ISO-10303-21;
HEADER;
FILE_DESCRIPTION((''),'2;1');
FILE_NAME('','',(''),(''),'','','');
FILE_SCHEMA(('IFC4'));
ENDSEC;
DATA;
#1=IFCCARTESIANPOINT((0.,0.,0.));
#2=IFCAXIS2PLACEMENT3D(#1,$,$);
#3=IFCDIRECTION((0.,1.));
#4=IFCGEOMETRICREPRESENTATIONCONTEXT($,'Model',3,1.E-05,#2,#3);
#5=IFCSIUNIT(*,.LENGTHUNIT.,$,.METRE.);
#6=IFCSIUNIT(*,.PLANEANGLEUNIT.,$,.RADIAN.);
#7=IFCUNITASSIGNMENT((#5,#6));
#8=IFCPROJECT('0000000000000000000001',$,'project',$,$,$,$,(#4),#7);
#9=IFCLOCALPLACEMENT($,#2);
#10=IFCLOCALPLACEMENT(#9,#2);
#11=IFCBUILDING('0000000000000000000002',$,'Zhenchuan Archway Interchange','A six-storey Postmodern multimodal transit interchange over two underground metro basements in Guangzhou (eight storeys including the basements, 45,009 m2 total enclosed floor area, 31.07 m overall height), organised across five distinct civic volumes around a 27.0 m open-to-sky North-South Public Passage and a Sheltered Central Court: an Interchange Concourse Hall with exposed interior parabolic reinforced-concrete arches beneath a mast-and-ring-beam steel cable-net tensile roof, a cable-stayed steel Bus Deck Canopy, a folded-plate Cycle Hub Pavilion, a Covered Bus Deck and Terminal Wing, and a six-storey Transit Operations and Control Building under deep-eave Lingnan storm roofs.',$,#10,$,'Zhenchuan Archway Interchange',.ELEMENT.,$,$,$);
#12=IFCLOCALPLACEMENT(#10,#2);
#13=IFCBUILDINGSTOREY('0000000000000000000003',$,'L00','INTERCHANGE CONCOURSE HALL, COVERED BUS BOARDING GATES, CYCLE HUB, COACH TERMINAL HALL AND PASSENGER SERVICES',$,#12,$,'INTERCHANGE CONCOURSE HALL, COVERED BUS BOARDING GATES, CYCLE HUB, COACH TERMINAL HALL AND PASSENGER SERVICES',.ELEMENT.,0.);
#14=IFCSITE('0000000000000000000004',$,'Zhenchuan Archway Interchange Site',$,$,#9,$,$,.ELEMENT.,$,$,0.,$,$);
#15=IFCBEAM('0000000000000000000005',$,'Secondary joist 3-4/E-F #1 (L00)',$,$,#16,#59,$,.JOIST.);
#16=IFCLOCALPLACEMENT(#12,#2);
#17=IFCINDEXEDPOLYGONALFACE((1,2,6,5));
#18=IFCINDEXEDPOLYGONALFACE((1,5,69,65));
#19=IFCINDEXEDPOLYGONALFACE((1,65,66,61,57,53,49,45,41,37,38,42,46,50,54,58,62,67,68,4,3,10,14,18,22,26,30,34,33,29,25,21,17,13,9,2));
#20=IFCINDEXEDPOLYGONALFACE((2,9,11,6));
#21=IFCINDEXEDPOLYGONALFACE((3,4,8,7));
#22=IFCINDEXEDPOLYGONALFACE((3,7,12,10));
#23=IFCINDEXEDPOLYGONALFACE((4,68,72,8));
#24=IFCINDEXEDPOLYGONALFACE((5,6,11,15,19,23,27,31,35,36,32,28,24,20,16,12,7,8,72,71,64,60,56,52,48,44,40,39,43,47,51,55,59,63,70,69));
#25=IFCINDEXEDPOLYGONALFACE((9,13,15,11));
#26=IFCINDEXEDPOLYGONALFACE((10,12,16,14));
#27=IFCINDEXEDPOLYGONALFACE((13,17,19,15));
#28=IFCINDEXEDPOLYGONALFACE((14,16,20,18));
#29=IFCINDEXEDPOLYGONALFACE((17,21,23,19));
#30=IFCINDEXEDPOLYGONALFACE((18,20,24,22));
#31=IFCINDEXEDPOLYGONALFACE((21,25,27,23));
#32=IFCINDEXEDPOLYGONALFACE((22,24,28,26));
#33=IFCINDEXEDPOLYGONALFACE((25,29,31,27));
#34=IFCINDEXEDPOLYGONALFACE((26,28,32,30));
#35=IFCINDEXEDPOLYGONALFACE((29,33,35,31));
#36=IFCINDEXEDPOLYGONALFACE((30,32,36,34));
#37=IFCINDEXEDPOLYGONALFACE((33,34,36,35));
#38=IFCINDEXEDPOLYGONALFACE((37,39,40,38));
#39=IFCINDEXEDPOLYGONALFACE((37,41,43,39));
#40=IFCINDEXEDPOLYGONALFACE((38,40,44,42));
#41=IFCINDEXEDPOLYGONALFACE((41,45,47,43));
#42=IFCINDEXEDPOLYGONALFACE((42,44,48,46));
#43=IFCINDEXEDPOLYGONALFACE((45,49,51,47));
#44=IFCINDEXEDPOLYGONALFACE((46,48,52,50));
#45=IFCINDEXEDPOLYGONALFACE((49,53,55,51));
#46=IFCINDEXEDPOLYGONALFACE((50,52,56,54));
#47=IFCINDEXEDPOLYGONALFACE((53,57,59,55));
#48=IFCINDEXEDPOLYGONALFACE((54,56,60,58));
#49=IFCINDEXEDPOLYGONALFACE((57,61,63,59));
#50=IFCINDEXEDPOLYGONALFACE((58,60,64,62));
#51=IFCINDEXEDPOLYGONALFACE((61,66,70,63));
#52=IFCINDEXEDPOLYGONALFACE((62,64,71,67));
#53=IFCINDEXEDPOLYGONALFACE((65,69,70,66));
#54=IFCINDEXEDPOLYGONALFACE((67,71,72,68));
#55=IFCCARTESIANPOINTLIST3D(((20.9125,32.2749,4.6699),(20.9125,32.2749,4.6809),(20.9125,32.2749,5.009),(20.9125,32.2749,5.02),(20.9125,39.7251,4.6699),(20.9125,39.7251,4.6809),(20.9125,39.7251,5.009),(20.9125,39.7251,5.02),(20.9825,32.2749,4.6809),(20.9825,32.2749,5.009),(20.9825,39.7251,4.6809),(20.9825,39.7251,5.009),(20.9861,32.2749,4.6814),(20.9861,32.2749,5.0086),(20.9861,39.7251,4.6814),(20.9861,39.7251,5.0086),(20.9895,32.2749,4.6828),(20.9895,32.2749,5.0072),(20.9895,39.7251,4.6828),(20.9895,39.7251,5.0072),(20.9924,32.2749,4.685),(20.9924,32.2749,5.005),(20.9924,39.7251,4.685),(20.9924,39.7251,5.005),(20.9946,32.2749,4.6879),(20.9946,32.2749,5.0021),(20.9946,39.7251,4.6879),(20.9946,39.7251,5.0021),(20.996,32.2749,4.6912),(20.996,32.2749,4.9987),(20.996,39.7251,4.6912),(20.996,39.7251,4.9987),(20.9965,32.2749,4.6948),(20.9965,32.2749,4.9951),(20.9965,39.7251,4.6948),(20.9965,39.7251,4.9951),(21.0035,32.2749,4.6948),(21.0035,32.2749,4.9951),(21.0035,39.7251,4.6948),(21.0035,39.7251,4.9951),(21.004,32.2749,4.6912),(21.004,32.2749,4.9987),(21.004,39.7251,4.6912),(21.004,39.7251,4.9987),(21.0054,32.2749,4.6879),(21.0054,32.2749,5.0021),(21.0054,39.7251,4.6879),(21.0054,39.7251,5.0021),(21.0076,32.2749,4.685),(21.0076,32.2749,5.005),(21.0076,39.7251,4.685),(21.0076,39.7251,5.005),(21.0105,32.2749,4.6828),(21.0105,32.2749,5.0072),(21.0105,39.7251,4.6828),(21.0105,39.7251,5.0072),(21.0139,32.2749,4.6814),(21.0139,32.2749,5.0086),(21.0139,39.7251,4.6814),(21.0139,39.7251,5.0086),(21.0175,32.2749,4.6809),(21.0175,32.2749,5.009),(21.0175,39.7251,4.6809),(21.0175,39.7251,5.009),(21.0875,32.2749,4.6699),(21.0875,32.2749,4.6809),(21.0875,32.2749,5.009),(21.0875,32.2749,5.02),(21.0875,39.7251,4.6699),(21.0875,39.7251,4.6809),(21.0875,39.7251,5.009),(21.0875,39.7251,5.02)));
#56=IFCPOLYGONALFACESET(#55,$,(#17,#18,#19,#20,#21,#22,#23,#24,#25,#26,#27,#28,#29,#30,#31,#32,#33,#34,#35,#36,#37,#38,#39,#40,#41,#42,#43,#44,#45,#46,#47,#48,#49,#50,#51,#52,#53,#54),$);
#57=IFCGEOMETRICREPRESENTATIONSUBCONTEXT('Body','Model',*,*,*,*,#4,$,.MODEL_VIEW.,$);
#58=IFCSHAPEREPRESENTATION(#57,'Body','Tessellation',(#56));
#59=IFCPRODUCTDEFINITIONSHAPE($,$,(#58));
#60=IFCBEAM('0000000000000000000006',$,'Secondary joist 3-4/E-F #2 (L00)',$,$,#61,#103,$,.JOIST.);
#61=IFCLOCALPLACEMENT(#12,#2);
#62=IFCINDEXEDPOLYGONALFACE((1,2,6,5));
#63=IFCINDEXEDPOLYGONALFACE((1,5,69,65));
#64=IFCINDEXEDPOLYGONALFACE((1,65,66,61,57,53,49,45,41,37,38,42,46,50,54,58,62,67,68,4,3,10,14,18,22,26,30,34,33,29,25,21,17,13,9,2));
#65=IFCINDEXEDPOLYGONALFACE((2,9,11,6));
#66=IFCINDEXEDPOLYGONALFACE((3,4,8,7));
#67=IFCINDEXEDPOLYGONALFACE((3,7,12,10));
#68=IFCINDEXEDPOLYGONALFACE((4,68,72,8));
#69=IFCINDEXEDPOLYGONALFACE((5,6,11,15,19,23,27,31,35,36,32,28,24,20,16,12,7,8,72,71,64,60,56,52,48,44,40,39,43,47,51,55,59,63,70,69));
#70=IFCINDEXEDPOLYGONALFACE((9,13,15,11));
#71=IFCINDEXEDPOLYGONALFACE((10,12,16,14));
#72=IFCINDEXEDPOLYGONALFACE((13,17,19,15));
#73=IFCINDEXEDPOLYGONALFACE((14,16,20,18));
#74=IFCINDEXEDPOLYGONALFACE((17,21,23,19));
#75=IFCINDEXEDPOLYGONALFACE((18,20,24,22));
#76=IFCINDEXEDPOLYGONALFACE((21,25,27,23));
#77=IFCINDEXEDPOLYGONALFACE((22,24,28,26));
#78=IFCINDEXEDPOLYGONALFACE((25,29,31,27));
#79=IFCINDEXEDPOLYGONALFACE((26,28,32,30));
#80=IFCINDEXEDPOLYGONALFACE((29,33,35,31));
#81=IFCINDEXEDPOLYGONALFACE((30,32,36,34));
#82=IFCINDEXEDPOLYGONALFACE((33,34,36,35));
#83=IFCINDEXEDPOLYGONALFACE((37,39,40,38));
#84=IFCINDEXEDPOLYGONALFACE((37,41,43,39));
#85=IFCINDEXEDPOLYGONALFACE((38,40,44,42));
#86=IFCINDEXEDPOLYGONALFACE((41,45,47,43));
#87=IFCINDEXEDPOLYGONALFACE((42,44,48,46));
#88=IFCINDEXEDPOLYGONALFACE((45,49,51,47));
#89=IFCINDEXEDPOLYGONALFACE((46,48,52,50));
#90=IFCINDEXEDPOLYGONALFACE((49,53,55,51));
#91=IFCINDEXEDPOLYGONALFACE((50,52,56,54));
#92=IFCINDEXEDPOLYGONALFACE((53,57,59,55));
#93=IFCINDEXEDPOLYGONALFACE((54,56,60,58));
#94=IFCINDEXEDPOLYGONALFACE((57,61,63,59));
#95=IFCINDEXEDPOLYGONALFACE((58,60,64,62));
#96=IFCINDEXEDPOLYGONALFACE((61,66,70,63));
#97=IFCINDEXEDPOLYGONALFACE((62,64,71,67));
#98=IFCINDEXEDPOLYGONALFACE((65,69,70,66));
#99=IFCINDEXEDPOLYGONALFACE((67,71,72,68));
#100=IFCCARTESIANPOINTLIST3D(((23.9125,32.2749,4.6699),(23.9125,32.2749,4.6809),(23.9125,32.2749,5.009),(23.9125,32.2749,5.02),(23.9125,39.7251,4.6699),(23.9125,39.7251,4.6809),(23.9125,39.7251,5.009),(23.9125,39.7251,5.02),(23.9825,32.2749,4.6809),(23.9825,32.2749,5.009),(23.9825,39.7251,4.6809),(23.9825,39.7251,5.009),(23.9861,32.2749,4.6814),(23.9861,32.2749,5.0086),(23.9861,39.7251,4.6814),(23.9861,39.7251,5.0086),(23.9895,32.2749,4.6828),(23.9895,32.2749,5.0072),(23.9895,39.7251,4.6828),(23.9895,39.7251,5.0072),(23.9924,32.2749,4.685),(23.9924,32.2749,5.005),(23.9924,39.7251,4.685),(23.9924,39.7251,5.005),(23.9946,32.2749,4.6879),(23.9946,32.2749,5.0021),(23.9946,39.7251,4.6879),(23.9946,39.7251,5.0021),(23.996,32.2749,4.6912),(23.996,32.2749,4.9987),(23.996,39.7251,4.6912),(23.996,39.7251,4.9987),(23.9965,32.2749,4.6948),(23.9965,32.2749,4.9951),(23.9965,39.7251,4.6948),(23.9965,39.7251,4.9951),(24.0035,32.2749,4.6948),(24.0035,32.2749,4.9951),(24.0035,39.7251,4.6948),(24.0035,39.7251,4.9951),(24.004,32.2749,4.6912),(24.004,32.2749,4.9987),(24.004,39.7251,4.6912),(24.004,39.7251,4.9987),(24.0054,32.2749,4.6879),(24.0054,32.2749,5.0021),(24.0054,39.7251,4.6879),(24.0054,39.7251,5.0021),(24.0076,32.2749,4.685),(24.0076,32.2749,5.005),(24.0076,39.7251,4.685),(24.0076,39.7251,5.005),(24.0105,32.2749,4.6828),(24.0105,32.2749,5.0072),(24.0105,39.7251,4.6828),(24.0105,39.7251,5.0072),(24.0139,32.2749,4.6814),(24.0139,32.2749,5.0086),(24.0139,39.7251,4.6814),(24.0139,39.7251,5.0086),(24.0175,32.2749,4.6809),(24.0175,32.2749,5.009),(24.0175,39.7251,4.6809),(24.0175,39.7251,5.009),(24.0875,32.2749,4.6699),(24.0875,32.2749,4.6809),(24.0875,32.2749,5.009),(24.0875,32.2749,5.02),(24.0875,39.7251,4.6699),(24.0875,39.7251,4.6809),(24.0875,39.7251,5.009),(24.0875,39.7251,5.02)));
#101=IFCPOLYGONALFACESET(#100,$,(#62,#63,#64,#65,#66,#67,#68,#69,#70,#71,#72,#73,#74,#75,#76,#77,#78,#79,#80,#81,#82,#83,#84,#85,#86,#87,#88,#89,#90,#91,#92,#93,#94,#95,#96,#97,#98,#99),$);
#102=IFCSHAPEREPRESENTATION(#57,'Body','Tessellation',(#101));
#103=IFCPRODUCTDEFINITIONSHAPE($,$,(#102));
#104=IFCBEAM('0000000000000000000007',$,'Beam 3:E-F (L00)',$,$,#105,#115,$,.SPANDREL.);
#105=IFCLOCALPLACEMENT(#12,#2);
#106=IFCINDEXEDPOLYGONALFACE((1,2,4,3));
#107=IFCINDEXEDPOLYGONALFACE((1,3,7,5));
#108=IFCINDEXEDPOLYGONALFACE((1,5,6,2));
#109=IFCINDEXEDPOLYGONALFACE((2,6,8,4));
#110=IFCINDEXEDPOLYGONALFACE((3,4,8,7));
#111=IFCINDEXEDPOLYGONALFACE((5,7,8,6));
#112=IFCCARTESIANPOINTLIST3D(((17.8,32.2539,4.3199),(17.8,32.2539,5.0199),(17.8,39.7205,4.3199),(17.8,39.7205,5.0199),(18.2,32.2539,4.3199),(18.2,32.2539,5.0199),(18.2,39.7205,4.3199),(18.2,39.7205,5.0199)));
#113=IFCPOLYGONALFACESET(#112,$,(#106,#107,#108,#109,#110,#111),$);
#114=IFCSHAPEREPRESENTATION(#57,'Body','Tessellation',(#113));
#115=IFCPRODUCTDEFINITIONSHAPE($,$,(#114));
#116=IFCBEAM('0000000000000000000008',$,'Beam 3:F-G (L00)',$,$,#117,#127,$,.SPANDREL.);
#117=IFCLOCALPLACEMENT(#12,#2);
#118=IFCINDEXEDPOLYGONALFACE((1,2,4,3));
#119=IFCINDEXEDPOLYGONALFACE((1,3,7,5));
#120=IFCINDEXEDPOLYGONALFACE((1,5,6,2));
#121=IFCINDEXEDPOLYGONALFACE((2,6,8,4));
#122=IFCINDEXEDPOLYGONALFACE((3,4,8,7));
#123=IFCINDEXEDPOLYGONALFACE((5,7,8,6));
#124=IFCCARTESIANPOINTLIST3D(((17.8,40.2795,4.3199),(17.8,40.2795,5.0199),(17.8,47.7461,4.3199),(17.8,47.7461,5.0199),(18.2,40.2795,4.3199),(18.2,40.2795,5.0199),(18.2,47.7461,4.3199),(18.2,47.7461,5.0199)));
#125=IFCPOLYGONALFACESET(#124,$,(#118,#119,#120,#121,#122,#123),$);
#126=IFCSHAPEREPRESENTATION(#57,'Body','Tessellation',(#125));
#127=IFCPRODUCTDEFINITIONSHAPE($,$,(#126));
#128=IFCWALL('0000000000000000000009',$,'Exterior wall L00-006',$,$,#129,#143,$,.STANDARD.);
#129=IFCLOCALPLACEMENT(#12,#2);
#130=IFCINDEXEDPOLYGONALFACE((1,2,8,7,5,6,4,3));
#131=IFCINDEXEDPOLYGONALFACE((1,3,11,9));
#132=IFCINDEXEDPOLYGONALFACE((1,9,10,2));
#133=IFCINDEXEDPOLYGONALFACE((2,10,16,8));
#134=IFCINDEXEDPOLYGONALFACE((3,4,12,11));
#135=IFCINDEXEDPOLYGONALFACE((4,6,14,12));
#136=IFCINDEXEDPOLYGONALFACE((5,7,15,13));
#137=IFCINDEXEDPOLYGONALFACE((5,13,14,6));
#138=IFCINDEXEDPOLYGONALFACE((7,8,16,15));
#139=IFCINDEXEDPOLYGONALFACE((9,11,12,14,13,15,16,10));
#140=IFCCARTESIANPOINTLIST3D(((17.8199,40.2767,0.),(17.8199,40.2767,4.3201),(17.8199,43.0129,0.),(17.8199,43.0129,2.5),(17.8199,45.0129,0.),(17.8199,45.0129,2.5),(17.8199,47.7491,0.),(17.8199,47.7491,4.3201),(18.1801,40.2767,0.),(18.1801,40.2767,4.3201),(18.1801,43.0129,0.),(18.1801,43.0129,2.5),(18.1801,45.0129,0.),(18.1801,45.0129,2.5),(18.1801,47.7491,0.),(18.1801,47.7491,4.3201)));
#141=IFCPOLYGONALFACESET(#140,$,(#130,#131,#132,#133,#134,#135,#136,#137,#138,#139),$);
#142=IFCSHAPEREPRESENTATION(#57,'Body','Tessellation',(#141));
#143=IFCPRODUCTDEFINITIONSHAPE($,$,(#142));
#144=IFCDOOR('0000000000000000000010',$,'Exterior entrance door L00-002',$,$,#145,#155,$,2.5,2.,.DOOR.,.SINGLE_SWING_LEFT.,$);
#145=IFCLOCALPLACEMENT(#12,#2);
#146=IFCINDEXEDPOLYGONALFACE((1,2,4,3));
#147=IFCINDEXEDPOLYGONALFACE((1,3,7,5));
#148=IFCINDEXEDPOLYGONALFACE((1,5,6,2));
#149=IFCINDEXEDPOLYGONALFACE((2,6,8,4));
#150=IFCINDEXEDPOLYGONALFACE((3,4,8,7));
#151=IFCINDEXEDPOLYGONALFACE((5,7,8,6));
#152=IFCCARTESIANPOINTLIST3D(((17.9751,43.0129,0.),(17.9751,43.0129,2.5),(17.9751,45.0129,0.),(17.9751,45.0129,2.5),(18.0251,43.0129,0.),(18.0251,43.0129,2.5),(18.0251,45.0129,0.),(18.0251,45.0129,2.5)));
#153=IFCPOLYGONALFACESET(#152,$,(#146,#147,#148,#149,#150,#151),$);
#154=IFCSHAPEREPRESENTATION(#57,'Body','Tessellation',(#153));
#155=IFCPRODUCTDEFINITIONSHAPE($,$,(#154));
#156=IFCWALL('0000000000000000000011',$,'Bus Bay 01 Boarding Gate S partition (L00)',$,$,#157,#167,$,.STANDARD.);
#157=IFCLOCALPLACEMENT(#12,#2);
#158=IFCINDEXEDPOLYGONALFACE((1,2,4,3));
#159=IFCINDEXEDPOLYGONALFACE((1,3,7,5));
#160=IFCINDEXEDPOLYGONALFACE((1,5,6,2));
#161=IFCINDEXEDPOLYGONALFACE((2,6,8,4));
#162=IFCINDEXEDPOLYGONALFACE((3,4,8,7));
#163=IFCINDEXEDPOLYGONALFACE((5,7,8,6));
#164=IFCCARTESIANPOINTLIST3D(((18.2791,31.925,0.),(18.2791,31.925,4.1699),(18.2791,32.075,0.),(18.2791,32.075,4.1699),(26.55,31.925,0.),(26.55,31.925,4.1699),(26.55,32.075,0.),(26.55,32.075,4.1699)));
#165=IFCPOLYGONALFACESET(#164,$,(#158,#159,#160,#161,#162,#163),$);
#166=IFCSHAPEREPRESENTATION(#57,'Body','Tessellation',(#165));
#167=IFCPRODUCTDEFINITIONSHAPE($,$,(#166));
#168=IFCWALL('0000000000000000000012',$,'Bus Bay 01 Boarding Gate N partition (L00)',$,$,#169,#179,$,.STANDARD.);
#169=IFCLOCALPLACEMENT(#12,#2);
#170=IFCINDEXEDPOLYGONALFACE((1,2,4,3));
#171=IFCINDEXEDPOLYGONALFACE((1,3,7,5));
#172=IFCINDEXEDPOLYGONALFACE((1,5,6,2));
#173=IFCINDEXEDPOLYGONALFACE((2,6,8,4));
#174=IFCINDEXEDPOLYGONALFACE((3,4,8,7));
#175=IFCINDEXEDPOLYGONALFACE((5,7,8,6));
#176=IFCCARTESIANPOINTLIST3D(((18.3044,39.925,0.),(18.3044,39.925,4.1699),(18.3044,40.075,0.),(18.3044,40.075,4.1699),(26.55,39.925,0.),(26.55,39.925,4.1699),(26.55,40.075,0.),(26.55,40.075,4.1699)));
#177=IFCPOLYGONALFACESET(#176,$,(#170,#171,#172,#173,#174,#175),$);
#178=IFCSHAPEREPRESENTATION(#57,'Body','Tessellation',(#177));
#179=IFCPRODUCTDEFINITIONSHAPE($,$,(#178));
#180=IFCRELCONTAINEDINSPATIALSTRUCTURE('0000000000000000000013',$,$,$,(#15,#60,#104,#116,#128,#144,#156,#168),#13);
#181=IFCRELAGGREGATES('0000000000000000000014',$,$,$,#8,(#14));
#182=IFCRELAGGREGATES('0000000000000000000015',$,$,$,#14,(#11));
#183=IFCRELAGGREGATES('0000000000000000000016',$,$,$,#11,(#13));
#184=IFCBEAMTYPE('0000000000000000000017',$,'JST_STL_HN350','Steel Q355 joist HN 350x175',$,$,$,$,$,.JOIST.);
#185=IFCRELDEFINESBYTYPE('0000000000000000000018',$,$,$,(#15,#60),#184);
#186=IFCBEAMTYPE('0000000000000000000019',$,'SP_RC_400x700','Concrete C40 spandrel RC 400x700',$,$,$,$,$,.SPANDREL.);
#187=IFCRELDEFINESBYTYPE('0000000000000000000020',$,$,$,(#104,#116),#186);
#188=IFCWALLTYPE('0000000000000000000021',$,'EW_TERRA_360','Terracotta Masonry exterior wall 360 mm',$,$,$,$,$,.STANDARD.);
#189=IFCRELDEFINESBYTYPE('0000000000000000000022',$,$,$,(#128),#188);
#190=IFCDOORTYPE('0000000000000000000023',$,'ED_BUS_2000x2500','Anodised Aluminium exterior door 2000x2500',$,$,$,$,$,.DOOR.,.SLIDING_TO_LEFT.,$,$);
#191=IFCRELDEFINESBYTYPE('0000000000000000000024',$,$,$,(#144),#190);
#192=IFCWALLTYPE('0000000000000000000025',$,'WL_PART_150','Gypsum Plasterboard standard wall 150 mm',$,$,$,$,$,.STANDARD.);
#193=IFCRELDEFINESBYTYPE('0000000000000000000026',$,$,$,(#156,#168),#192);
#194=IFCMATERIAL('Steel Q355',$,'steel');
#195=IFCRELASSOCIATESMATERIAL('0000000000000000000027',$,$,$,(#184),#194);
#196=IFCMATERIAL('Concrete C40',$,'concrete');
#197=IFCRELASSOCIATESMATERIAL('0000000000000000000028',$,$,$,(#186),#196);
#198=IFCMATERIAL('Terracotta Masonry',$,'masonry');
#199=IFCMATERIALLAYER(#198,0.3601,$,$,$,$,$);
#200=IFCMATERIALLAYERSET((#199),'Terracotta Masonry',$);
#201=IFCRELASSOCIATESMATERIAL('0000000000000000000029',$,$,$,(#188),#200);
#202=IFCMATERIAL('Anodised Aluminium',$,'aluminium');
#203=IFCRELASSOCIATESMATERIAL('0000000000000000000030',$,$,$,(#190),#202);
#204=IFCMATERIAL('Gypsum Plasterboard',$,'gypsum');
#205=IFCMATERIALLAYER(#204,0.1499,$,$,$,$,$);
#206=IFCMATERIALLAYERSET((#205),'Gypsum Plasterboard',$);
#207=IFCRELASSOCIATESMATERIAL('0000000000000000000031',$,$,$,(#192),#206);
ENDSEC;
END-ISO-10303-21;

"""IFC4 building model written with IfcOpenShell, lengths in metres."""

from ifc_helpers import new_model, si_unit, direction, frame, frame_2d, origin, origin_2d, place, context, subcontext, project, spatial, rectangle, i_section, extrude, material, layer, layer_set, material_profile, profile_set, type_object, element, fill, save


model = new_model("IFC4")

# Units and contexts
model_context = context("Model", 3, precision=1e-05, world=origin(), true_north=direction((0.0, 1.0)))
body_context = subcontext(model_context, "Body", "Model", "MODEL_VIEW")
ifc_project = project(units=[si_unit("LENGTHUNIT", "METRE"), si_unit("PLANEANGLEUNIT", "RADIAN")], contexts=[model_context])

# Site, building, storey
site_placement = place(None, origin())
site = spatial("IfcSite", under=ifc_project, at=site_placement, Name="Zhenchuan Archway Interchange Site", CompositionType="ELEMENT", RefElevation=0.0)
building_placement = place(site_placement, origin())
building = spatial("IfcBuilding", under=site, at=building_placement, Name="Zhenchuan Archway Interchange", Description="A six-storey Postmodern multimodal transit interchange over two underground metro basements in Guangzhou (eight storeys including the basements, 45,009 m2 total enclosed floor area, 31.07 m overall height), organised across five distinct civic volumes around a 27.0 m open-to-sky North-South Public Passage and a Sheltered Central Court: an Interchange Concourse Hall with exposed interior parabolic reinforced-concrete arches beneath a mast-and-ring-beam steel cable-net tensile roof, a cable-stayed steel Bus Deck Canopy, a folded-plate Cycle Hub Pavilion, a Covered Bus Deck and Terminal Wing, and a six-storey Transit Operations and Control Building under deep-eave Lingnan storm roofs.", LongName="Zhenchuan Archway Interchange", CompositionType="ELEMENT")
storey_placement = place(building_placement, origin())
storey = spatial("IfcBuildingStorey", under=building, at=storey_placement, Name="L00", Description="INTERCHANGE CONCOURSE HALL, COVERED BUS BOARDING GATES, CYCLE HUB, COACH TERMINAL HALL AND PASSENGER SERVICES", LongName="INTERCHANGE CONCOURSE HALL, COVERED BUS BOARDING GATES, CYCLE HUB, COACH TERMINAL HALL AND PASSENGER SERVICES", CompositionType="ELEMENT", Elevation=0.0)

# Shared definitions
ifc_material_1 = material(Name="Concrete C40", Category="concrete")

# Beams
ifc_material_2 = material(Name="Steel Q355", Category="steel")
ifc_material_profile_1 = material_profile(ifc_material_2, i_section(OverallWidth=0.175, OverallDepth=0.3501, WebThickness=0.0071, FlangeThickness=0.011, FilletRadius=0.0139, at=origin_2d()), Name="HN 350x175")
ifc_profile_set_1 = profile_set([ifc_material_profile_1], Name="Steel Q355")
beam_type_1 = type_object("IfcBeamType", Name="JST_STL_HN350", Description="Steel Q355 joist HN 350x175", PredefinedType="JOIST", material=ifc_profile_set_1)
for number, where, z_axis, x_axis, name in (
    (1, (21.0, 32.2749, 4.845), (0.0, 1.0, 0.0), (-1.0, 0.0, 0.0), "Secondary joist 3-4/E-F #1 (L00)"),
    (2, (24.0, 32.2749, 4.845), (0.0, 1.0, 0.0), (-1.0, 0.0, 0.0), "Secondary joist 3-4/E-F #2 (L00)"),
):
    element("IfcBeam", number, at=place(storey_placement, frame(where, z_axis=z_axis, x_axis=x_axis)), inside=storey, type_object=beam_type_1, Name=name, PredefinedType="JOIST", context=body_context, shape_type="SweptSolid", body=[
        extrude(i_section(OverallWidth=0.175, OverallDepth=0.3501, WebThickness=0.0071, FlangeThickness=0.011, FilletRadius=0.0139, at=origin_2d()), origin(), (0.0, 0.0, 1.0), 7.4502),
    ])
ifc_material_profile_2 = material_profile(ifc_material_1, rectangle(XDim=0.3999, YDim=0.7, at=origin_2d()), Name="RC 400x700")
ifc_profile_set_2 = profile_set([ifc_material_profile_2], Name="Concrete C40")
beam_type_2 = type_object("IfcBeamType", Name="SP_RC_400x700", Description="Concrete C40 spandrel RC 400x700", PredefinedType="SPANDREL", material=ifc_profile_set_2)
for number, where, z_axis, x_axis, name in (
    (3, (18.0, 32.2539, 4.6699), (0.0, 1.0, 0.0), (-1.0, 0.0, 0.0), "Beam 3:E-F (L00)"),
    (4, (18.0, 40.2795, 4.6699), (0.0, 1.0, 0.0), (-1.0, 0.0, 0.0), "Beam 3:F-G (L00)"),
):
    element("IfcBeam", number, at=place(storey_placement, frame(where, z_axis=z_axis, x_axis=x_axis)), inside=storey, type_object=beam_type_2, Name=name, PredefinedType="SPANDREL", context=body_context, shape_type="SweptSolid", body=[
        extrude(rectangle(XDim=0.3999, YDim=0.7, at=origin_2d()), origin(), (0.0, 0.0, 1.0), 7.4666),
    ])

# Wall, opening, door
ifc_material_3 = material(Name="Terracotta Masonry", Category="masonry")
ifc_layer_1 = layer(ifc_material_3, 0.3601)
ifc_layer_set_1 = layer_set([ifc_layer_1], Name="Terracotta Masonry")
wall_type_1 = type_object("IfcWallType", Name="EW_TERRA_360", Description="Terracotta Masonry exterior wall 360 mm", PredefinedType="STANDARD", material=ifc_layer_set_1)
wall_1_placement = place(storey_placement, frame((18.0, 40.2766, 0.0), z_axis=(0.0, 0.0, 1.0), x_axis=(0.0, 1.0, 0.0)))
wall_1 = element("IfcWall", 5, at=wall_1_placement, inside=storey, type_object=wall_type_1, Name="Exterior wall L00-006", PredefinedType="STANDARD", context=body_context, shape_type="SweptSolid", body=[
    extrude(rectangle(XDim=7.4724, YDim=0.3601, at=frame_2d((3.7363, 0.0))), origin(), (0.0, 0.0, 1.0), 4.3201),
])
opening_placement = place(wall_1_placement, frame((2.7363, 0.0, 0.0)))
opening = element("IfcOpeningElement", 6, at=opening_placement, cuts=wall_1, PredefinedType="OPENING", context=body_context, shape_type="SweptSolid", body=[
    extrude(rectangle(XDim=2.0, YDim=2.5, at=frame_2d((1.0, 1.25))), frame((0.0, 0.1919, 0.0), z_axis=(0.0, -1.0, 0.0), x_axis=(1.0, 0.0, 0.0)), (0.0, 0.0, 1.0), 0.384),
])
ifc_material_4 = material(Name="Anodised Aluminium", Category="aluminium")
door_type = type_object("IfcDoorType", Name="ED_BUS_2000x2500", Description="Anodised Aluminium exterior door 2000x2500", OperationType="SLIDING_TO_LEFT", PredefinedType="DOOR", material=ifc_material_4)
door_placement = place(opening_placement, origin())
door = element("IfcDoor", 7, at=door_placement, inside=storey, type_object=door_type, Name="Exterior entrance door L00-002", OperationType="SINGLE_SWING_LEFT", OverallHeight=2.5, OverallWidth=2.0, PredefinedType="DOOR", context=body_context, shape_type="SweptSolid", body=[
    extrude(rectangle(XDim=2.0, YDim=2.5, at=frame_2d((1.0, 1.25))), frame((0.0, 0.0249, 0.0), z_axis=(0.0, -1.0, 0.0), x_axis=(1.0, 0.0, 0.0)), (0.0, 0.0, 1.0), 0.05),
])
fill(opening, door)

# Walls
ifc_material_5 = material(Name="Gypsum Plasterboard", Category="gypsum")
ifc_layer_2 = layer(ifc_material_5, 0.1499)
ifc_layer_set_2 = layer_set([ifc_layer_2], Name="Gypsum Plasterboard")
wall_type_2 = type_object("IfcWallType", Name="WL_PART_150", Description="Gypsum Plasterboard standard wall 150 mm", PredefinedType="STANDARD", material=ifc_layer_set_2)
wall_2_placement = place(storey_placement, frame((18.2791, 32.0, 0.0), z_axis=(0.0, 0.0, 1.0), x_axis=(1.0, 0.0, 0.0)))
element("IfcWall", 8, at=wall_2_placement, inside=storey, type_object=wall_type_2, Name="Bus Bay 01 Boarding Gate S partition (L00)", PredefinedType="STANDARD", context=body_context, shape_type="SweptSolid", body=[
    extrude(rectangle(XDim=8.271, YDim=0.1499, at=frame_2d((4.1355, 0.0))), origin(), (0.0, 0.0, 1.0), 4.1699),
])
wall_3_placement = place(storey_placement, frame((18.3044, 40.0, 0.0), z_axis=(0.0, 0.0, 1.0), x_axis=(1.0, 0.0, 0.0)))
element("IfcWall", 9, at=wall_3_placement, inside=storey, type_object=wall_type_2, Name="Bus Bay 01 Boarding Gate N partition (L00)", PredefinedType="STANDARD", context=body_context, shape_type="SweptSolid", body=[
    extrude(rectangle(XDim=8.2456, YDim=0.1499, at=frame_2d((4.1228, 0.0))), origin(), (0.0, 0.0, 1.0), 4.1699),
])

save(model, "model.ifc")
